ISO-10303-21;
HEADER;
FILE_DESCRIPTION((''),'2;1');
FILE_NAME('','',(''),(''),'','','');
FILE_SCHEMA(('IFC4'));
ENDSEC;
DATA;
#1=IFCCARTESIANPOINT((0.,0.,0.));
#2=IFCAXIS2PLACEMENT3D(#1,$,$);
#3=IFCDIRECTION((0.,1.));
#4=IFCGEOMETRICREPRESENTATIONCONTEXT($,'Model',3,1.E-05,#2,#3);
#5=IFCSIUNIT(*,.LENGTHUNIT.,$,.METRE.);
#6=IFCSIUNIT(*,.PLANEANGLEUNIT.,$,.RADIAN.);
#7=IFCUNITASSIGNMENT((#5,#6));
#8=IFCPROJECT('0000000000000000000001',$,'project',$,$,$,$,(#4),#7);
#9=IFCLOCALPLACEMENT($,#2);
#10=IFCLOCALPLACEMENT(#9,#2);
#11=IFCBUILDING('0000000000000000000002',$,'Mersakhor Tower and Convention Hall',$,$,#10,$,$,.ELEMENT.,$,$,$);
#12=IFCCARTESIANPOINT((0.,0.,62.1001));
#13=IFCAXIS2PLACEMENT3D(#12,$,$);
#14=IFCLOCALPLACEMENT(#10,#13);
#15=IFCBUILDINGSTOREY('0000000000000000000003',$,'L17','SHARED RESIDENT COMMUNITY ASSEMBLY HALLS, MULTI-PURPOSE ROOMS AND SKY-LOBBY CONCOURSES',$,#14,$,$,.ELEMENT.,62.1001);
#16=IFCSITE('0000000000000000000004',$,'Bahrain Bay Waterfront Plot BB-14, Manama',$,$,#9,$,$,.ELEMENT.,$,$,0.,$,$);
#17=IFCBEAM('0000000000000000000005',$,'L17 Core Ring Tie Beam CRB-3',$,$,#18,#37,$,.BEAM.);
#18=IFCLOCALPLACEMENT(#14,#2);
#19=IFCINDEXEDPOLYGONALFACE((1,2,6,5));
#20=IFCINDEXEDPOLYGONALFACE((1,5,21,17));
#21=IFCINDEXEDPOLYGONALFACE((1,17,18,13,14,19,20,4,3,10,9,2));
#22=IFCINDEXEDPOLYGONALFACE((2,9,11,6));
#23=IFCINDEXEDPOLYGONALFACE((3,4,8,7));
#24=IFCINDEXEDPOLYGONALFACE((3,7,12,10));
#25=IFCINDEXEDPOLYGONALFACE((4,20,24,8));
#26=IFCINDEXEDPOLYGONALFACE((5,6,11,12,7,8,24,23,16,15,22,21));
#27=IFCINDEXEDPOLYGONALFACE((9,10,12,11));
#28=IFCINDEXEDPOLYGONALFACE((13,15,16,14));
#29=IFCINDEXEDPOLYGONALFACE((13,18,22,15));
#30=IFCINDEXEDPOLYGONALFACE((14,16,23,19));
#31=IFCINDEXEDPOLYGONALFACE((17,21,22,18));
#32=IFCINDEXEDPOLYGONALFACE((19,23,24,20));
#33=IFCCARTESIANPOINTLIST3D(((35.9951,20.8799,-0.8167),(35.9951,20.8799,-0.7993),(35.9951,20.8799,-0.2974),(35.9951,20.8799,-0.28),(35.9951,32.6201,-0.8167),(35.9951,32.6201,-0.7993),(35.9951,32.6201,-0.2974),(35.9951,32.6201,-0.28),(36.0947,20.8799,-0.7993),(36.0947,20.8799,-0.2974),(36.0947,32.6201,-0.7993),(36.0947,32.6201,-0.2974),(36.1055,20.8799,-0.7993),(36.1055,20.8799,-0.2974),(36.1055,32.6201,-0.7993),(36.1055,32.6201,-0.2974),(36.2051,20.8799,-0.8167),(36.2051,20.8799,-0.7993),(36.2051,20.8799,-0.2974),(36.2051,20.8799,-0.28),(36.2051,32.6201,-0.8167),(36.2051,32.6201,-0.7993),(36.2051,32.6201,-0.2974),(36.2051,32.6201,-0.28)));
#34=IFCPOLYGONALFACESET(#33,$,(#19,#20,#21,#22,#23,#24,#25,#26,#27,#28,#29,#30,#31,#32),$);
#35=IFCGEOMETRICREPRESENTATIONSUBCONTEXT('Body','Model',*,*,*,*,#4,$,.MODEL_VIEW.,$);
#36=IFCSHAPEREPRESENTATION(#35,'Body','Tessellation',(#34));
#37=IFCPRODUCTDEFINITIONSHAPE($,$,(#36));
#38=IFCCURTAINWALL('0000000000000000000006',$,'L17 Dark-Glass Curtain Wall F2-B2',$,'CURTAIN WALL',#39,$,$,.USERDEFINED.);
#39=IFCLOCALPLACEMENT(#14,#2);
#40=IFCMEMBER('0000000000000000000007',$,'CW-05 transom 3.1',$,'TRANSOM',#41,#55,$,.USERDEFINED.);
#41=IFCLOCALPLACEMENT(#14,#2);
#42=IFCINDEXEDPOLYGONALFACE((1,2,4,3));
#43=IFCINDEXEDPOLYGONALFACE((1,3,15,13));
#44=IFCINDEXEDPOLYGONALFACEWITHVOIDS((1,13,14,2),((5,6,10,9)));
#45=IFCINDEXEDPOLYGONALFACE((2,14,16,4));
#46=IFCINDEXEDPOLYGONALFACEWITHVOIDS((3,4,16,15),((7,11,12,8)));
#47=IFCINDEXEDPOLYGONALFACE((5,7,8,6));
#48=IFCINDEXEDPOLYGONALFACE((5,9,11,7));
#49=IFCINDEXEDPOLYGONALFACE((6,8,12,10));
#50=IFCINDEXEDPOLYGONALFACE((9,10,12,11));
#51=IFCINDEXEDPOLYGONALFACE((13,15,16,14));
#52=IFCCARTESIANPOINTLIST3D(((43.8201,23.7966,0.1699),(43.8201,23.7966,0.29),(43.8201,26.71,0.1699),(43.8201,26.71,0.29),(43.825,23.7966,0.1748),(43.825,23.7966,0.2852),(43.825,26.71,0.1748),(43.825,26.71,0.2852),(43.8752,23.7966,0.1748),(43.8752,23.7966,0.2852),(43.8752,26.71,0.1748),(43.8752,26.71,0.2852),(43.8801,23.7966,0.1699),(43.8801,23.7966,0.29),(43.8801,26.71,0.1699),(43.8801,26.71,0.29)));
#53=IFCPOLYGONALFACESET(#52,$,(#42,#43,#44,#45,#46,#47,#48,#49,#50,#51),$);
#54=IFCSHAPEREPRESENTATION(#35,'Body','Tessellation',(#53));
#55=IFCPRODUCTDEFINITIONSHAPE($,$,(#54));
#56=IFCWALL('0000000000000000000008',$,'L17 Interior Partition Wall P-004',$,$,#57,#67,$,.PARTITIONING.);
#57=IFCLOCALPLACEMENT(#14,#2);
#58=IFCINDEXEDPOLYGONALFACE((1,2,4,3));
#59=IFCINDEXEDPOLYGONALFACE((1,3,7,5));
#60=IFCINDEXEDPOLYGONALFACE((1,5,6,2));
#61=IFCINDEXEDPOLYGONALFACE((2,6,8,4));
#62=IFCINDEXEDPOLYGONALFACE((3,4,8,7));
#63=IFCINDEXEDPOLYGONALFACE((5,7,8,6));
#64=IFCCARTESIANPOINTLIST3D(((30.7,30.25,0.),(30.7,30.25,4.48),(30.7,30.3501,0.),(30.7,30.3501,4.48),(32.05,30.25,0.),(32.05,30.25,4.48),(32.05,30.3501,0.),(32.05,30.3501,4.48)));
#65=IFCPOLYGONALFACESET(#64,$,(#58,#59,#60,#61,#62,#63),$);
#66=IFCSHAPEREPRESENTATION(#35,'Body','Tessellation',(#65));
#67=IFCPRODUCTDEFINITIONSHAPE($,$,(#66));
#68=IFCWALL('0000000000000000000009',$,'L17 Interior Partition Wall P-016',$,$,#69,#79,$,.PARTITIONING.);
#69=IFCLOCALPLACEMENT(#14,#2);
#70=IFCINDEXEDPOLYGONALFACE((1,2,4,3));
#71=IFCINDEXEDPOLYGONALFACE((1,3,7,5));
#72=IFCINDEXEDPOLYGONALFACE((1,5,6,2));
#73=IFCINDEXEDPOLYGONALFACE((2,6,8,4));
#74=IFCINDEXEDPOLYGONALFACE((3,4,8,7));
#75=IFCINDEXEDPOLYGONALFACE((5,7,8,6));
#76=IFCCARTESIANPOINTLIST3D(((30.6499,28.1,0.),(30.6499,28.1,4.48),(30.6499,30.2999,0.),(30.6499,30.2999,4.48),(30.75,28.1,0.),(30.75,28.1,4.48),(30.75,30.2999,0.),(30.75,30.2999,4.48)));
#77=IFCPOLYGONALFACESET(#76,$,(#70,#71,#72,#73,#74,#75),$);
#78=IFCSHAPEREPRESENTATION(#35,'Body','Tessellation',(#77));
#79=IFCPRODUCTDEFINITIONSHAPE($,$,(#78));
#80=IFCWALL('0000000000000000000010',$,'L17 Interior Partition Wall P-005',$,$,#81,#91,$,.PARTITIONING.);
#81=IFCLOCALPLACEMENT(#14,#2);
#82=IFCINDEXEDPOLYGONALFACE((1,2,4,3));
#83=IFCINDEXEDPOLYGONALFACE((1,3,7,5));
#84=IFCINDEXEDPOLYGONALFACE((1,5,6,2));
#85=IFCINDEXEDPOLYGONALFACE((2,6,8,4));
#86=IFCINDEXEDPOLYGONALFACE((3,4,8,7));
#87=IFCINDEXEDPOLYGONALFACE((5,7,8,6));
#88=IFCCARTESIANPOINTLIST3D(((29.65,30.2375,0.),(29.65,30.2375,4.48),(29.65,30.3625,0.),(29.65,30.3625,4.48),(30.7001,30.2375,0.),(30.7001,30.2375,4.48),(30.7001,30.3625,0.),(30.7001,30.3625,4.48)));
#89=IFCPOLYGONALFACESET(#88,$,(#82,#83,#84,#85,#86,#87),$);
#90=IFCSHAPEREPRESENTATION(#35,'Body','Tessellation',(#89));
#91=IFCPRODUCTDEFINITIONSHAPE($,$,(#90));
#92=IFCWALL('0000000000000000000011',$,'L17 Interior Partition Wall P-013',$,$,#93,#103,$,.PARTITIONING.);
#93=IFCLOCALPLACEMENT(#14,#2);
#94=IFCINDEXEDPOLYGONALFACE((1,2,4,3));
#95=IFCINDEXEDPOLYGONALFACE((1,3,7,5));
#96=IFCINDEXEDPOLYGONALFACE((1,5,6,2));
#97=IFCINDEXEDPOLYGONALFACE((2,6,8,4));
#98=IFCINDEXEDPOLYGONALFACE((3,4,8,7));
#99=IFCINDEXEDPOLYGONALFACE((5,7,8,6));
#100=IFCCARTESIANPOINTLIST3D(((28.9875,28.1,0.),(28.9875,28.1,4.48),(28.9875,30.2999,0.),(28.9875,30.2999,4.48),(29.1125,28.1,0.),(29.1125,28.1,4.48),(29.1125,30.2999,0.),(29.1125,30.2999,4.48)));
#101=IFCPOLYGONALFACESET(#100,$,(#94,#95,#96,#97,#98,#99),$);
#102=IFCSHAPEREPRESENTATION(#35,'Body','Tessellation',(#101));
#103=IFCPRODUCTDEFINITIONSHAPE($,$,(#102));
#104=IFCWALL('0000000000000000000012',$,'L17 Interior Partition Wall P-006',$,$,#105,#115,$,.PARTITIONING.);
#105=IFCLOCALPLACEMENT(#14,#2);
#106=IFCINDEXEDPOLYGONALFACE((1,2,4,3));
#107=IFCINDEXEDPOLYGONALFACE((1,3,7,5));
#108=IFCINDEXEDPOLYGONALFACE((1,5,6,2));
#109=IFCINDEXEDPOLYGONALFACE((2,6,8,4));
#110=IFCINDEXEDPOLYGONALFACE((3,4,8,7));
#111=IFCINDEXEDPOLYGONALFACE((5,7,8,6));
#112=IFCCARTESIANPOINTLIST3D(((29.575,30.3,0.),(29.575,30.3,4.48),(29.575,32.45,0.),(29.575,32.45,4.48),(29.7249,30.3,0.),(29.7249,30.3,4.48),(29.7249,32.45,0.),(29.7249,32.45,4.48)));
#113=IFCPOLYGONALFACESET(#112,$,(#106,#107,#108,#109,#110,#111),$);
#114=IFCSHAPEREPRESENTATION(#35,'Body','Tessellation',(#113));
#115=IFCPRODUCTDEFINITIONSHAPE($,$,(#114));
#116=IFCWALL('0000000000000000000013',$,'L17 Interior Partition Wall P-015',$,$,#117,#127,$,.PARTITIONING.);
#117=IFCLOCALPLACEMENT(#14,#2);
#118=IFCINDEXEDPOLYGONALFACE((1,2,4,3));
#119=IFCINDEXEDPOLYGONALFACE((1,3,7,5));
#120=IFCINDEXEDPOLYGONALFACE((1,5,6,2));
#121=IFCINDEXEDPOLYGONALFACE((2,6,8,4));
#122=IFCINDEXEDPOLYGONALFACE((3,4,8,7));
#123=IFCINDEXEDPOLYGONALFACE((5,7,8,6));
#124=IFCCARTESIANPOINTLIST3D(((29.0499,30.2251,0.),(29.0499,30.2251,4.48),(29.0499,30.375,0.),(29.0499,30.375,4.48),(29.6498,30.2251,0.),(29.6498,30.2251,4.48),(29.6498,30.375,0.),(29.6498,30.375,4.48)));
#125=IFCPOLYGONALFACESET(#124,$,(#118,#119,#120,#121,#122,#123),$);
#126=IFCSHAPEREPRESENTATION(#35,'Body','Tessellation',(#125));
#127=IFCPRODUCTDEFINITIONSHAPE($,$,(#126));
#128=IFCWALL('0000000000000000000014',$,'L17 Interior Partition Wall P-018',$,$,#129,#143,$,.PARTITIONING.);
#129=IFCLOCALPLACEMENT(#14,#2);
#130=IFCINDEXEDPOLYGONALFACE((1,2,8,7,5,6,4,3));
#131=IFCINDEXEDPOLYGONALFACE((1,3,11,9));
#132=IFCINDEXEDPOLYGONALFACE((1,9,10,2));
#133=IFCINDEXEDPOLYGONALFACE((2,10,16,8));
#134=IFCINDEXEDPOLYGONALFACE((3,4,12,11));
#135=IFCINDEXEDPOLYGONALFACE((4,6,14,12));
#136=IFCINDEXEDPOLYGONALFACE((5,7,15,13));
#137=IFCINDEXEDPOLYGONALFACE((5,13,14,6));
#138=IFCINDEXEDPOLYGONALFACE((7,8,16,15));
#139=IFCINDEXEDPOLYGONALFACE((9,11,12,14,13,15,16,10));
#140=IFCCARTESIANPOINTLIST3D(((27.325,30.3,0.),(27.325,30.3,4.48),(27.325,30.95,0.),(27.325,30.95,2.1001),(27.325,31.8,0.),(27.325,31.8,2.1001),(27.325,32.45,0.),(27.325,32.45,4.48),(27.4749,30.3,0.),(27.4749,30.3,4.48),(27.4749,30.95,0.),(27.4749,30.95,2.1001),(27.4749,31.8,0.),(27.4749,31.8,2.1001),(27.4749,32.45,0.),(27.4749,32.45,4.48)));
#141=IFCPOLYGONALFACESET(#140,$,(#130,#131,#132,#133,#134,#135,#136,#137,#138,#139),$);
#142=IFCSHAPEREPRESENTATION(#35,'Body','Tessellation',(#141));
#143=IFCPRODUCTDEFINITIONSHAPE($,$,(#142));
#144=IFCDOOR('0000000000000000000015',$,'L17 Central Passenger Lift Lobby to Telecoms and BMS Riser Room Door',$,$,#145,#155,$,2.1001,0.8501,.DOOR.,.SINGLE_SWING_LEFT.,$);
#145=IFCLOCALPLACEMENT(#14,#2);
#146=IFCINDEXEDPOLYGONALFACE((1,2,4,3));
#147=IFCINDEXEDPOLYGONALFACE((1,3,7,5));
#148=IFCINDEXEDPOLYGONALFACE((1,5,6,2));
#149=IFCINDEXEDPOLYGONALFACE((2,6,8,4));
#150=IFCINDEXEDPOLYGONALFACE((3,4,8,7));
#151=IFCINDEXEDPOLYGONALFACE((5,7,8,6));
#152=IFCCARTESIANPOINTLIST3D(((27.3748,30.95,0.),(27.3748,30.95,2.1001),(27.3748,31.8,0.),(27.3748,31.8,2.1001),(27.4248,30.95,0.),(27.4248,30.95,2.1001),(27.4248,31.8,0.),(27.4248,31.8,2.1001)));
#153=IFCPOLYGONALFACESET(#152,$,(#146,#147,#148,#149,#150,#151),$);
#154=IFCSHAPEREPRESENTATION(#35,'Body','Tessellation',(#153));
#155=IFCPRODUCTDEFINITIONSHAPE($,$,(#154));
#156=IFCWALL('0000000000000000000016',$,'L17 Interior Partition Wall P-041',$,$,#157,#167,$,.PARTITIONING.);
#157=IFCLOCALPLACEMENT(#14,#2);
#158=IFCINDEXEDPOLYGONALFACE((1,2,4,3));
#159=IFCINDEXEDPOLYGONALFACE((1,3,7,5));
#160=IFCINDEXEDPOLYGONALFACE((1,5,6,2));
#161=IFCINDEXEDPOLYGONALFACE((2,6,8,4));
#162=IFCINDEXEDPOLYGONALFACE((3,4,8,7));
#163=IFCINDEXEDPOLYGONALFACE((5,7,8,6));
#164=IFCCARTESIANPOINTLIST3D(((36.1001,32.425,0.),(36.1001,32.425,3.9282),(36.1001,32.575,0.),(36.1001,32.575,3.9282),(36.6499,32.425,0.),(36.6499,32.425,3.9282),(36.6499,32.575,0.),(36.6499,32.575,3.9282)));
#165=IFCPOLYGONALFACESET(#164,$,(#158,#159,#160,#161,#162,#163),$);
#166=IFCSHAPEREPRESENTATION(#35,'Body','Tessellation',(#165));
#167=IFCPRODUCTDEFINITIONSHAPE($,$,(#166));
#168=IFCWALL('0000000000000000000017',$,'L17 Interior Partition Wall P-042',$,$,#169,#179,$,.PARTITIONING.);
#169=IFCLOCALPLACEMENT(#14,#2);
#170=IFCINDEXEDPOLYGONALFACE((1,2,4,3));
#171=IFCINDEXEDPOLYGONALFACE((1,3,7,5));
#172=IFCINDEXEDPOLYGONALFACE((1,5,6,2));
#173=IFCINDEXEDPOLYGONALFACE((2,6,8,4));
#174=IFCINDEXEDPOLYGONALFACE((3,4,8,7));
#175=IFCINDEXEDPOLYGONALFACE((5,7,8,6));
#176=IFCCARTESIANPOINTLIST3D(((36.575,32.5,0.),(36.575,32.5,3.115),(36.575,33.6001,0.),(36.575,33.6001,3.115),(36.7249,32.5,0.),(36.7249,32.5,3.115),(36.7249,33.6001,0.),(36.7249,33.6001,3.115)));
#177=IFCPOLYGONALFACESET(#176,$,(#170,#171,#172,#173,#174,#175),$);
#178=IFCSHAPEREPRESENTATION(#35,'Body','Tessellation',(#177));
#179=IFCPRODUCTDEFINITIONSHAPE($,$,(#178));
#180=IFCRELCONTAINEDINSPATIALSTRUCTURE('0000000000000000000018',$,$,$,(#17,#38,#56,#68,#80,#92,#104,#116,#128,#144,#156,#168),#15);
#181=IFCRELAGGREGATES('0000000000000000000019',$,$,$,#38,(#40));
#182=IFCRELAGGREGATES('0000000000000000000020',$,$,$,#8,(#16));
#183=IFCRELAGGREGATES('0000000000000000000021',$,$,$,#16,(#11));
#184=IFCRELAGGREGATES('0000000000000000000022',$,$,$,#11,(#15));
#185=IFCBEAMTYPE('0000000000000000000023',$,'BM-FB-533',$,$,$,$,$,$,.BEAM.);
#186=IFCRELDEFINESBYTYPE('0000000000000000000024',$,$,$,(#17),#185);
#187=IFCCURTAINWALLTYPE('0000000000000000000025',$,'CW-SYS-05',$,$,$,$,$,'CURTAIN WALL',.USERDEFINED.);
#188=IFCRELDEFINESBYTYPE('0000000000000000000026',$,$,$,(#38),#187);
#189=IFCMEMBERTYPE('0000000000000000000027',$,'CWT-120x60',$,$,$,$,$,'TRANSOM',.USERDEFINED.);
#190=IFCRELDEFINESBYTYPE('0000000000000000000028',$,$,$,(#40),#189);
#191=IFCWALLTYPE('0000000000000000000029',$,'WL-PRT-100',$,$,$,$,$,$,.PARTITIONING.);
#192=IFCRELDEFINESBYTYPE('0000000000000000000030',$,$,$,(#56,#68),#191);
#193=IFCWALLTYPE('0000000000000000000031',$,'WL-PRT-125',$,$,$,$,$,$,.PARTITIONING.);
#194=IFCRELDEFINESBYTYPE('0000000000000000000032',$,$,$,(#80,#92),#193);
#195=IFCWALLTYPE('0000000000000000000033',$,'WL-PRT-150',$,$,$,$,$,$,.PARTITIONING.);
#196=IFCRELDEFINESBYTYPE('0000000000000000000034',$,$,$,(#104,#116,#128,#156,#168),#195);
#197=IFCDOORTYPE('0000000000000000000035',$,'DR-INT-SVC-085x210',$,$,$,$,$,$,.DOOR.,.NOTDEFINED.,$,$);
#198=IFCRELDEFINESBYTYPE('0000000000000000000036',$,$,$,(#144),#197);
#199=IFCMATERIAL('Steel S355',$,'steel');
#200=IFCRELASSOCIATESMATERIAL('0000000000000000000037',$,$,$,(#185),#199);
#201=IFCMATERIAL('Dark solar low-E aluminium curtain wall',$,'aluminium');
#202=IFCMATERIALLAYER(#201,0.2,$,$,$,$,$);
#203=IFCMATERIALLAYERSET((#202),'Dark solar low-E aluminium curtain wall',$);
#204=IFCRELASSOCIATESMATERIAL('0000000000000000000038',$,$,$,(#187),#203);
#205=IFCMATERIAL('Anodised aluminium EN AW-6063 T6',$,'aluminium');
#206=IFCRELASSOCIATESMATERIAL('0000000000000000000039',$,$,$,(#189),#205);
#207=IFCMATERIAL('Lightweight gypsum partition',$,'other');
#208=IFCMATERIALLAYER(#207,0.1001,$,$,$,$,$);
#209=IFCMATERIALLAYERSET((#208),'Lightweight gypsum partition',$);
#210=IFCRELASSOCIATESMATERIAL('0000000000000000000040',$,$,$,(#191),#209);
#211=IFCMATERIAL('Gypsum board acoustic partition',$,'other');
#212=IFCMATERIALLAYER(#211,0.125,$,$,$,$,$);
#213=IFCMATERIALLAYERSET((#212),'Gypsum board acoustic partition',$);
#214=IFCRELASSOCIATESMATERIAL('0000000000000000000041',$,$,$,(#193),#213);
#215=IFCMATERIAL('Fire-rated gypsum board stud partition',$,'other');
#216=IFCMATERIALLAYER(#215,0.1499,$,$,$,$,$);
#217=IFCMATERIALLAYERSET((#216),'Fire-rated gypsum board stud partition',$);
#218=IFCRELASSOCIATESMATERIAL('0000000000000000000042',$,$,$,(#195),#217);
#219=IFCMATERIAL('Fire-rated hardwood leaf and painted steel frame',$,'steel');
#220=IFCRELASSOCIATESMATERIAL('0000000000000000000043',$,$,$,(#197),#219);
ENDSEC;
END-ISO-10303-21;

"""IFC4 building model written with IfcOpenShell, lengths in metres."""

from ifc_helpers import new_model, si_unit, direction, frame, frame_2d, origin, origin_2d, place, context, subcontext, project, spatial, rectangle, hollow_rectangle, i_section, extrude, material, layer, layer_set, material_profile, profile_set, type_object, element, fill, aggregate, save


model = new_model("IFC4")

# Units and contexts
model_context = context("Model", 3, precision=1e-05, world=origin(), true_north=direction((0.0, 1.0)))
body_context = subcontext(model_context, "Body", "Model", "MODEL_VIEW")
ifc_project = project(units=[si_unit("LENGTHUNIT", "METRE"), si_unit("PLANEANGLEUNIT", "RADIAN")], contexts=[model_context])

# Site, building, storey
site_placement = place(None, origin())
site = spatial("IfcSite", under=ifc_project, at=site_placement, Name="Bahrain Bay Waterfront Plot BB-14, Manama", CompositionType="ELEMENT", RefElevation=0.0)
building_placement = place(site_placement, origin())
building = spatial("IfcBuilding", under=site, at=building_placement, Name="Mersakhor Tower and Convention Hall", CompositionType="ELEMENT")
storey_placement = place(building_placement, frame((0.0, 0.0, 62.1001)))
storey = spatial("IfcBuildingStorey", under=building, at=storey_placement, Name="L17", Description="SHARED RESIDENT COMMUNITY ASSEMBLY HALLS, MULTI-PURPOSE ROOMS AND SKY-LOBBY CONCOURSES", CompositionType="ELEMENT", Elevation=62.1001)

# Beam
ifc_material_1 = material(Name="Steel S355", Category="steel")
ifc_material_profile_1 = material_profile(ifc_material_1, i_section(OverallWidth=0.21, OverallDepth=0.5366, WebThickness=0.0107, FlangeThickness=0.0173, at=origin_2d()), Name="UB 533x210x101")
ifc_profile_set_1 = profile_set([ifc_material_profile_1], Name="Steel S355")
beam_type = type_object("IfcBeamType", Name="BM-FB-533", PredefinedType="BEAM", material=ifc_profile_set_1)
beam_placement = place(storey_placement, frame((36.1001, 32.6201, -0.5483), z_axis=(0.0, -1.0, 0.0), x_axis=(1.0, 0.0, 0.0)))
element("IfcBeam", 1, at=beam_placement, inside=storey, type_object=beam_type, Name="L17 Core Ring Tie Beam CRB-3", PredefinedType="BEAM", context=body_context, shape_type="SweptSolid", body=[
    extrude(i_section(OverallWidth=0.21, OverallDepth=0.5366, WebThickness=0.0107, FlangeThickness=0.0173, at=origin_2d()), origin(), (0.0, 0.0, 1.0), 11.7402),
])

# Curtain wall, member
ifc_material_2 = material(Name="Dark solar low-E aluminium curtain wall", Category="aluminium")
ifc_layer_1 = layer(ifc_material_2, 0.2)
ifc_layer_set_1 = layer_set([ifc_layer_1], Name="Dark solar low-E aluminium curtain wall")
curtain_wall_type = type_object("IfcCurtainWallType", Name="CW-SYS-05", ElementType="CURTAIN WALL", PredefinedType="USERDEFINED", material=ifc_layer_set_1)
curtain_wall_placement = place(storey_placement, origin())
curtain_wall = element("IfcCurtainWall", 2, at=curtain_wall_placement, inside=storey, type_object=curtain_wall_type, Name="L17 Dark-Glass Curtain Wall F2-B2", ObjectType="CURTAIN WALL", PredefinedType="USERDEFINED")
ifc_material_3 = material(Name="Anodised aluminium EN AW-6063 T6", Category="aluminium")
ifc_material_profile_2 = material_profile(ifc_material_3, hollow_rectangle(XDim=0.0601, YDim=0.1201, WallThickness=0.0049, at=origin_2d()), Name="RHS 120x60x5")
ifc_profile_set_2 = profile_set([ifc_material_profile_2], Name="Anodised aluminium EN AW-6063 T6")
member_type = type_object("IfcMemberType", Name="CWT-120x60", ElementType="TRANSOM", PredefinedType="USERDEFINED", material=ifc_profile_set_2)
member_placement = place(storey_placement, frame((43.8501, 26.71, 0.23), z_axis=(0.0, -1.0, 0.0), x_axis=(1.0, 0.0, 0.0)))
member = element("IfcMember", 3, at=member_placement, type_object=member_type, Name="CW-05 transom 3.1", ObjectType="TRANSOM", PredefinedType="USERDEFINED", context=body_context, shape_type="SweptSolid", body=[
    extrude(hollow_rectangle(XDim=0.0601, YDim=0.1201, WallThickness=0.0049, at=origin_2d()), origin(), (0.0, 0.0, 1.0), 2.9133),
])
aggregate(curtain_wall, [member])

# Walls
ifc_material_4 = material(Name="Lightweight gypsum partition", Category="other")
ifc_layer_2 = layer(ifc_material_4, 0.1001)
ifc_layer_set_2 = layer_set([ifc_layer_2], Name="Lightweight gypsum partition")
wall_type_1 = type_object("IfcWallType", Name="WL-PRT-100", PredefinedType="PARTITIONING", material=ifc_layer_set_2)
wall_1_placement = place(storey_placement, frame((32.05, 30.3, 0.0), z_axis=(0.0, 0.0, 1.0), x_axis=(-1.0, 0.0, 0.0)))
element("IfcWall", 4, at=wall_1_placement, inside=storey, type_object=wall_type_1, Name="L17 Interior Partition Wall P-004", PredefinedType="PARTITIONING", context=body_context, shape_type="SweptSolid", body=[
    extrude(rectangle(XDim=1.3501, YDim=0.1001, at=frame_2d((0.675, 0.0))), origin(), (0.0, 0.0, 1.0), 4.48),
])
wall_2_placement = place(storey_placement, frame((30.7, 30.3, 0.0), z_axis=(0.0, 0.0, 1.0), x_axis=(0.0, -1.0, 0.0)))
element("IfcWall", 5, at=wall_2_placement, inside=storey, type_object=wall_type_1, Name="L17 Interior Partition Wall P-016", PredefinedType="PARTITIONING", context=body_context, shape_type="SweptSolid", body=[
    extrude(rectangle(XDim=2.2, YDim=0.1001, at=frame_2d((1.1001, 0.0))), origin(), (0.0, 0.0, 1.0), 4.48),
])
ifc_material_5 = material(Name="Gypsum board acoustic partition", Category="other")
ifc_layer_3 = layer(ifc_material_5, 0.125)
ifc_layer_set_3 = layer_set([ifc_layer_3], Name="Gypsum board acoustic partition")
wall_type_2 = type_object("IfcWallType", Name="WL-PRT-125", PredefinedType="PARTITIONING", material=ifc_layer_set_3)
wall_3_placement = place(storey_placement, frame((30.7, 30.3, 0.0), z_axis=(0.0, 0.0, 1.0), x_axis=(-1.0, 0.0, 0.0)))
element("IfcWall", 6, at=wall_3_placement, inside=storey, type_object=wall_type_2, Name="L17 Interior Partition Wall P-005", PredefinedType="PARTITIONING", context=body_context, shape_type="SweptSolid", body=[
    extrude(rectangle(XDim=1.05, YDim=0.125, at=frame_2d((0.5249, 0.0))), origin(), (0.0, 0.0, 1.0), 4.48),
])
wall_4_placement = place(storey_placement, frame((29.05, 30.3, 0.0), z_axis=(0.0, 0.0, 1.0), x_axis=(0.0, -1.0, 0.0)))
element("IfcWall", 7, at=wall_4_placement, inside=storey, type_object=wall_type_2, Name="L17 Interior Partition Wall P-013", PredefinedType="PARTITIONING", context=body_context, shape_type="SweptSolid", body=[
    extrude(rectangle(XDim=2.2, YDim=0.125, at=frame_2d((1.1001, 0.0))), origin(), (0.0, 0.0, 1.0), 4.48),
])
ifc_material_6 = material(Name="Fire-rated gypsum board stud partition", Category="other")
ifc_layer_4 = layer(ifc_material_6, 0.1499)
ifc_layer_set_4 = layer_set([ifc_layer_4], Name="Fire-rated gypsum board stud partition")
wall_type_3 = type_object("IfcWallType", Name="WL-PRT-150", PredefinedType="PARTITIONING", material=ifc_layer_set_4)
wall_5_placement = place(storey_placement, frame((29.6499, 30.3, 0.0), z_axis=(0.0, 0.0, 1.0), x_axis=(0.0, 1.0, 0.0)))
element("IfcWall", 8, at=wall_5_placement, inside=storey, type_object=wall_type_3, Name="L17 Interior Partition Wall P-006", PredefinedType="PARTITIONING", context=body_context, shape_type="SweptSolid", body=[
    extrude(rectangle(XDim=2.1499, YDim=0.1499, at=frame_2d((1.075, 0.0))), origin(), (0.0, 0.0, 1.0), 4.48),
])
wall_6_placement = place(storey_placement, frame((29.05, 30.3, 0.0), z_axis=(0.0, 0.0, 1.0), x_axis=(1.0, 0.0, 0.0)))
element("IfcWall", 9, at=wall_6_placement, inside=storey, type_object=wall_type_3, Name="L17 Interior Partition Wall P-015", PredefinedType="PARTITIONING", context=body_context, shape_type="SweptSolid", body=[
    extrude(rectangle(XDim=0.5999, YDim=0.1499, at=frame_2d((0.2998, 0.0))), origin(), (0.0, 0.0, 1.0), 4.48),
])

# Wall, opening, door
wall_7_placement = place(storey_placement, frame((27.3999, 32.45, 0.0), z_axis=(0.0, 0.0, 1.0), x_axis=(0.0, -1.0, 0.0)))
wall_7 = element("IfcWall", 10, at=wall_7_placement, inside=storey, type_object=wall_type_3, Name="L17 Interior Partition Wall P-018", PredefinedType="PARTITIONING", context=body_context, shape_type="SweptSolid", body=[
    extrude(rectangle(XDim=2.1499, YDim=0.1499, at=frame_2d((1.075, 0.0))), origin(), (0.0, 0.0, 1.0), 4.48),
])
opening_1_placement = place(wall_7_placement, frame((0.6499, 0.0, 0.0)))
opening_1 = element("IfcOpeningElement", 11, at=opening_1_placement, cuts=wall_7, PredefinedType="OPENING", context=body_context, shape_type="SweptSolid", body=[
    extrude(rectangle(XDim=0.8501, YDim=2.1001, at=frame_2d((0.425, 1.05))), frame((0.0, 0.085, 0.0), z_axis=(0.0, -1.0, 0.0), x_axis=(1.0, 0.0, 0.0)), (0.0, 0.0, 1.0), 0.1699),
])
ifc_material_7 = material(Name="Fire-rated hardwood leaf and painted steel frame", Category="steel")
door_type_1 = type_object("IfcDoorType", Name="DR-INT-SVC-085x210", OperationType="NOTDEFINED", PredefinedType="DOOR", material=ifc_material_7)
door_1_placement = place(opening_1_placement, origin())
door_1 = element("IfcDoor", 12, at=door_1_placement, inside=storey, type_object=door_type_1, Name="L17 Central Passenger Lift Lobby to Telecoms and BMS Riser Room Door", OperationType="SINGLE_SWING_LEFT", OverallHeight=2.1001, OverallWidth=0.8501, PredefinedType="DOOR", context=body_context, shape_type="SweptSolid", body=[
    extrude(rectangle(XDim=0.8501, YDim=2.1001, at=frame_2d((0.425, 1.05))), frame((0.0, 0.0249, 0.0), z_axis=(0.0, -1.0, 0.0), x_axis=(1.0, 0.0, 0.0)), (0.0, 0.0, 1.0), 0.05),
])
fill(opening_1, door_1)

# Walls
wall_8_placement = place(storey_placement, frame((36.1001, 32.5, 0.0), z_axis=(0.0, 0.0, 1.0), x_axis=(1.0, 0.0, 0.0)))
element("IfcWall", 13, at=wall_8_placement, inside=storey, type_object=wall_type_3, Name="L17 Interior Partition Wall P-041", PredefinedType="PARTITIONING", context=body_context, shape_type="SweptSolid", body=[
    extrude(rectangle(XDim=0.5498, YDim=0.1499, at=frame_2d((0.2749, 0.0))), origin(), (0.0, 0.0, 1.0), 3.9282),
])
wall_9_placement = place(storey_placement, frame((36.6499, 32.5, 0.0), z_axis=(0.0, 0.0, 1.0), x_axis=(0.0, 1.0, 0.0)))
element("IfcWall", 14, at=wall_9_placement, inside=storey, type_object=wall_type_3, Name="L17 Interior Partition Wall P-042", PredefinedType="PARTITIONING", context=body_context, shape_type="SweptSolid", body=[
    extrude(rectangle(XDim=1.1001, YDim=0.1499, at=frame_2d((0.55, 0.0))), origin(), (0.0, 0.0, 1.0), 3.115),
])

save(model, "model.ifc")
